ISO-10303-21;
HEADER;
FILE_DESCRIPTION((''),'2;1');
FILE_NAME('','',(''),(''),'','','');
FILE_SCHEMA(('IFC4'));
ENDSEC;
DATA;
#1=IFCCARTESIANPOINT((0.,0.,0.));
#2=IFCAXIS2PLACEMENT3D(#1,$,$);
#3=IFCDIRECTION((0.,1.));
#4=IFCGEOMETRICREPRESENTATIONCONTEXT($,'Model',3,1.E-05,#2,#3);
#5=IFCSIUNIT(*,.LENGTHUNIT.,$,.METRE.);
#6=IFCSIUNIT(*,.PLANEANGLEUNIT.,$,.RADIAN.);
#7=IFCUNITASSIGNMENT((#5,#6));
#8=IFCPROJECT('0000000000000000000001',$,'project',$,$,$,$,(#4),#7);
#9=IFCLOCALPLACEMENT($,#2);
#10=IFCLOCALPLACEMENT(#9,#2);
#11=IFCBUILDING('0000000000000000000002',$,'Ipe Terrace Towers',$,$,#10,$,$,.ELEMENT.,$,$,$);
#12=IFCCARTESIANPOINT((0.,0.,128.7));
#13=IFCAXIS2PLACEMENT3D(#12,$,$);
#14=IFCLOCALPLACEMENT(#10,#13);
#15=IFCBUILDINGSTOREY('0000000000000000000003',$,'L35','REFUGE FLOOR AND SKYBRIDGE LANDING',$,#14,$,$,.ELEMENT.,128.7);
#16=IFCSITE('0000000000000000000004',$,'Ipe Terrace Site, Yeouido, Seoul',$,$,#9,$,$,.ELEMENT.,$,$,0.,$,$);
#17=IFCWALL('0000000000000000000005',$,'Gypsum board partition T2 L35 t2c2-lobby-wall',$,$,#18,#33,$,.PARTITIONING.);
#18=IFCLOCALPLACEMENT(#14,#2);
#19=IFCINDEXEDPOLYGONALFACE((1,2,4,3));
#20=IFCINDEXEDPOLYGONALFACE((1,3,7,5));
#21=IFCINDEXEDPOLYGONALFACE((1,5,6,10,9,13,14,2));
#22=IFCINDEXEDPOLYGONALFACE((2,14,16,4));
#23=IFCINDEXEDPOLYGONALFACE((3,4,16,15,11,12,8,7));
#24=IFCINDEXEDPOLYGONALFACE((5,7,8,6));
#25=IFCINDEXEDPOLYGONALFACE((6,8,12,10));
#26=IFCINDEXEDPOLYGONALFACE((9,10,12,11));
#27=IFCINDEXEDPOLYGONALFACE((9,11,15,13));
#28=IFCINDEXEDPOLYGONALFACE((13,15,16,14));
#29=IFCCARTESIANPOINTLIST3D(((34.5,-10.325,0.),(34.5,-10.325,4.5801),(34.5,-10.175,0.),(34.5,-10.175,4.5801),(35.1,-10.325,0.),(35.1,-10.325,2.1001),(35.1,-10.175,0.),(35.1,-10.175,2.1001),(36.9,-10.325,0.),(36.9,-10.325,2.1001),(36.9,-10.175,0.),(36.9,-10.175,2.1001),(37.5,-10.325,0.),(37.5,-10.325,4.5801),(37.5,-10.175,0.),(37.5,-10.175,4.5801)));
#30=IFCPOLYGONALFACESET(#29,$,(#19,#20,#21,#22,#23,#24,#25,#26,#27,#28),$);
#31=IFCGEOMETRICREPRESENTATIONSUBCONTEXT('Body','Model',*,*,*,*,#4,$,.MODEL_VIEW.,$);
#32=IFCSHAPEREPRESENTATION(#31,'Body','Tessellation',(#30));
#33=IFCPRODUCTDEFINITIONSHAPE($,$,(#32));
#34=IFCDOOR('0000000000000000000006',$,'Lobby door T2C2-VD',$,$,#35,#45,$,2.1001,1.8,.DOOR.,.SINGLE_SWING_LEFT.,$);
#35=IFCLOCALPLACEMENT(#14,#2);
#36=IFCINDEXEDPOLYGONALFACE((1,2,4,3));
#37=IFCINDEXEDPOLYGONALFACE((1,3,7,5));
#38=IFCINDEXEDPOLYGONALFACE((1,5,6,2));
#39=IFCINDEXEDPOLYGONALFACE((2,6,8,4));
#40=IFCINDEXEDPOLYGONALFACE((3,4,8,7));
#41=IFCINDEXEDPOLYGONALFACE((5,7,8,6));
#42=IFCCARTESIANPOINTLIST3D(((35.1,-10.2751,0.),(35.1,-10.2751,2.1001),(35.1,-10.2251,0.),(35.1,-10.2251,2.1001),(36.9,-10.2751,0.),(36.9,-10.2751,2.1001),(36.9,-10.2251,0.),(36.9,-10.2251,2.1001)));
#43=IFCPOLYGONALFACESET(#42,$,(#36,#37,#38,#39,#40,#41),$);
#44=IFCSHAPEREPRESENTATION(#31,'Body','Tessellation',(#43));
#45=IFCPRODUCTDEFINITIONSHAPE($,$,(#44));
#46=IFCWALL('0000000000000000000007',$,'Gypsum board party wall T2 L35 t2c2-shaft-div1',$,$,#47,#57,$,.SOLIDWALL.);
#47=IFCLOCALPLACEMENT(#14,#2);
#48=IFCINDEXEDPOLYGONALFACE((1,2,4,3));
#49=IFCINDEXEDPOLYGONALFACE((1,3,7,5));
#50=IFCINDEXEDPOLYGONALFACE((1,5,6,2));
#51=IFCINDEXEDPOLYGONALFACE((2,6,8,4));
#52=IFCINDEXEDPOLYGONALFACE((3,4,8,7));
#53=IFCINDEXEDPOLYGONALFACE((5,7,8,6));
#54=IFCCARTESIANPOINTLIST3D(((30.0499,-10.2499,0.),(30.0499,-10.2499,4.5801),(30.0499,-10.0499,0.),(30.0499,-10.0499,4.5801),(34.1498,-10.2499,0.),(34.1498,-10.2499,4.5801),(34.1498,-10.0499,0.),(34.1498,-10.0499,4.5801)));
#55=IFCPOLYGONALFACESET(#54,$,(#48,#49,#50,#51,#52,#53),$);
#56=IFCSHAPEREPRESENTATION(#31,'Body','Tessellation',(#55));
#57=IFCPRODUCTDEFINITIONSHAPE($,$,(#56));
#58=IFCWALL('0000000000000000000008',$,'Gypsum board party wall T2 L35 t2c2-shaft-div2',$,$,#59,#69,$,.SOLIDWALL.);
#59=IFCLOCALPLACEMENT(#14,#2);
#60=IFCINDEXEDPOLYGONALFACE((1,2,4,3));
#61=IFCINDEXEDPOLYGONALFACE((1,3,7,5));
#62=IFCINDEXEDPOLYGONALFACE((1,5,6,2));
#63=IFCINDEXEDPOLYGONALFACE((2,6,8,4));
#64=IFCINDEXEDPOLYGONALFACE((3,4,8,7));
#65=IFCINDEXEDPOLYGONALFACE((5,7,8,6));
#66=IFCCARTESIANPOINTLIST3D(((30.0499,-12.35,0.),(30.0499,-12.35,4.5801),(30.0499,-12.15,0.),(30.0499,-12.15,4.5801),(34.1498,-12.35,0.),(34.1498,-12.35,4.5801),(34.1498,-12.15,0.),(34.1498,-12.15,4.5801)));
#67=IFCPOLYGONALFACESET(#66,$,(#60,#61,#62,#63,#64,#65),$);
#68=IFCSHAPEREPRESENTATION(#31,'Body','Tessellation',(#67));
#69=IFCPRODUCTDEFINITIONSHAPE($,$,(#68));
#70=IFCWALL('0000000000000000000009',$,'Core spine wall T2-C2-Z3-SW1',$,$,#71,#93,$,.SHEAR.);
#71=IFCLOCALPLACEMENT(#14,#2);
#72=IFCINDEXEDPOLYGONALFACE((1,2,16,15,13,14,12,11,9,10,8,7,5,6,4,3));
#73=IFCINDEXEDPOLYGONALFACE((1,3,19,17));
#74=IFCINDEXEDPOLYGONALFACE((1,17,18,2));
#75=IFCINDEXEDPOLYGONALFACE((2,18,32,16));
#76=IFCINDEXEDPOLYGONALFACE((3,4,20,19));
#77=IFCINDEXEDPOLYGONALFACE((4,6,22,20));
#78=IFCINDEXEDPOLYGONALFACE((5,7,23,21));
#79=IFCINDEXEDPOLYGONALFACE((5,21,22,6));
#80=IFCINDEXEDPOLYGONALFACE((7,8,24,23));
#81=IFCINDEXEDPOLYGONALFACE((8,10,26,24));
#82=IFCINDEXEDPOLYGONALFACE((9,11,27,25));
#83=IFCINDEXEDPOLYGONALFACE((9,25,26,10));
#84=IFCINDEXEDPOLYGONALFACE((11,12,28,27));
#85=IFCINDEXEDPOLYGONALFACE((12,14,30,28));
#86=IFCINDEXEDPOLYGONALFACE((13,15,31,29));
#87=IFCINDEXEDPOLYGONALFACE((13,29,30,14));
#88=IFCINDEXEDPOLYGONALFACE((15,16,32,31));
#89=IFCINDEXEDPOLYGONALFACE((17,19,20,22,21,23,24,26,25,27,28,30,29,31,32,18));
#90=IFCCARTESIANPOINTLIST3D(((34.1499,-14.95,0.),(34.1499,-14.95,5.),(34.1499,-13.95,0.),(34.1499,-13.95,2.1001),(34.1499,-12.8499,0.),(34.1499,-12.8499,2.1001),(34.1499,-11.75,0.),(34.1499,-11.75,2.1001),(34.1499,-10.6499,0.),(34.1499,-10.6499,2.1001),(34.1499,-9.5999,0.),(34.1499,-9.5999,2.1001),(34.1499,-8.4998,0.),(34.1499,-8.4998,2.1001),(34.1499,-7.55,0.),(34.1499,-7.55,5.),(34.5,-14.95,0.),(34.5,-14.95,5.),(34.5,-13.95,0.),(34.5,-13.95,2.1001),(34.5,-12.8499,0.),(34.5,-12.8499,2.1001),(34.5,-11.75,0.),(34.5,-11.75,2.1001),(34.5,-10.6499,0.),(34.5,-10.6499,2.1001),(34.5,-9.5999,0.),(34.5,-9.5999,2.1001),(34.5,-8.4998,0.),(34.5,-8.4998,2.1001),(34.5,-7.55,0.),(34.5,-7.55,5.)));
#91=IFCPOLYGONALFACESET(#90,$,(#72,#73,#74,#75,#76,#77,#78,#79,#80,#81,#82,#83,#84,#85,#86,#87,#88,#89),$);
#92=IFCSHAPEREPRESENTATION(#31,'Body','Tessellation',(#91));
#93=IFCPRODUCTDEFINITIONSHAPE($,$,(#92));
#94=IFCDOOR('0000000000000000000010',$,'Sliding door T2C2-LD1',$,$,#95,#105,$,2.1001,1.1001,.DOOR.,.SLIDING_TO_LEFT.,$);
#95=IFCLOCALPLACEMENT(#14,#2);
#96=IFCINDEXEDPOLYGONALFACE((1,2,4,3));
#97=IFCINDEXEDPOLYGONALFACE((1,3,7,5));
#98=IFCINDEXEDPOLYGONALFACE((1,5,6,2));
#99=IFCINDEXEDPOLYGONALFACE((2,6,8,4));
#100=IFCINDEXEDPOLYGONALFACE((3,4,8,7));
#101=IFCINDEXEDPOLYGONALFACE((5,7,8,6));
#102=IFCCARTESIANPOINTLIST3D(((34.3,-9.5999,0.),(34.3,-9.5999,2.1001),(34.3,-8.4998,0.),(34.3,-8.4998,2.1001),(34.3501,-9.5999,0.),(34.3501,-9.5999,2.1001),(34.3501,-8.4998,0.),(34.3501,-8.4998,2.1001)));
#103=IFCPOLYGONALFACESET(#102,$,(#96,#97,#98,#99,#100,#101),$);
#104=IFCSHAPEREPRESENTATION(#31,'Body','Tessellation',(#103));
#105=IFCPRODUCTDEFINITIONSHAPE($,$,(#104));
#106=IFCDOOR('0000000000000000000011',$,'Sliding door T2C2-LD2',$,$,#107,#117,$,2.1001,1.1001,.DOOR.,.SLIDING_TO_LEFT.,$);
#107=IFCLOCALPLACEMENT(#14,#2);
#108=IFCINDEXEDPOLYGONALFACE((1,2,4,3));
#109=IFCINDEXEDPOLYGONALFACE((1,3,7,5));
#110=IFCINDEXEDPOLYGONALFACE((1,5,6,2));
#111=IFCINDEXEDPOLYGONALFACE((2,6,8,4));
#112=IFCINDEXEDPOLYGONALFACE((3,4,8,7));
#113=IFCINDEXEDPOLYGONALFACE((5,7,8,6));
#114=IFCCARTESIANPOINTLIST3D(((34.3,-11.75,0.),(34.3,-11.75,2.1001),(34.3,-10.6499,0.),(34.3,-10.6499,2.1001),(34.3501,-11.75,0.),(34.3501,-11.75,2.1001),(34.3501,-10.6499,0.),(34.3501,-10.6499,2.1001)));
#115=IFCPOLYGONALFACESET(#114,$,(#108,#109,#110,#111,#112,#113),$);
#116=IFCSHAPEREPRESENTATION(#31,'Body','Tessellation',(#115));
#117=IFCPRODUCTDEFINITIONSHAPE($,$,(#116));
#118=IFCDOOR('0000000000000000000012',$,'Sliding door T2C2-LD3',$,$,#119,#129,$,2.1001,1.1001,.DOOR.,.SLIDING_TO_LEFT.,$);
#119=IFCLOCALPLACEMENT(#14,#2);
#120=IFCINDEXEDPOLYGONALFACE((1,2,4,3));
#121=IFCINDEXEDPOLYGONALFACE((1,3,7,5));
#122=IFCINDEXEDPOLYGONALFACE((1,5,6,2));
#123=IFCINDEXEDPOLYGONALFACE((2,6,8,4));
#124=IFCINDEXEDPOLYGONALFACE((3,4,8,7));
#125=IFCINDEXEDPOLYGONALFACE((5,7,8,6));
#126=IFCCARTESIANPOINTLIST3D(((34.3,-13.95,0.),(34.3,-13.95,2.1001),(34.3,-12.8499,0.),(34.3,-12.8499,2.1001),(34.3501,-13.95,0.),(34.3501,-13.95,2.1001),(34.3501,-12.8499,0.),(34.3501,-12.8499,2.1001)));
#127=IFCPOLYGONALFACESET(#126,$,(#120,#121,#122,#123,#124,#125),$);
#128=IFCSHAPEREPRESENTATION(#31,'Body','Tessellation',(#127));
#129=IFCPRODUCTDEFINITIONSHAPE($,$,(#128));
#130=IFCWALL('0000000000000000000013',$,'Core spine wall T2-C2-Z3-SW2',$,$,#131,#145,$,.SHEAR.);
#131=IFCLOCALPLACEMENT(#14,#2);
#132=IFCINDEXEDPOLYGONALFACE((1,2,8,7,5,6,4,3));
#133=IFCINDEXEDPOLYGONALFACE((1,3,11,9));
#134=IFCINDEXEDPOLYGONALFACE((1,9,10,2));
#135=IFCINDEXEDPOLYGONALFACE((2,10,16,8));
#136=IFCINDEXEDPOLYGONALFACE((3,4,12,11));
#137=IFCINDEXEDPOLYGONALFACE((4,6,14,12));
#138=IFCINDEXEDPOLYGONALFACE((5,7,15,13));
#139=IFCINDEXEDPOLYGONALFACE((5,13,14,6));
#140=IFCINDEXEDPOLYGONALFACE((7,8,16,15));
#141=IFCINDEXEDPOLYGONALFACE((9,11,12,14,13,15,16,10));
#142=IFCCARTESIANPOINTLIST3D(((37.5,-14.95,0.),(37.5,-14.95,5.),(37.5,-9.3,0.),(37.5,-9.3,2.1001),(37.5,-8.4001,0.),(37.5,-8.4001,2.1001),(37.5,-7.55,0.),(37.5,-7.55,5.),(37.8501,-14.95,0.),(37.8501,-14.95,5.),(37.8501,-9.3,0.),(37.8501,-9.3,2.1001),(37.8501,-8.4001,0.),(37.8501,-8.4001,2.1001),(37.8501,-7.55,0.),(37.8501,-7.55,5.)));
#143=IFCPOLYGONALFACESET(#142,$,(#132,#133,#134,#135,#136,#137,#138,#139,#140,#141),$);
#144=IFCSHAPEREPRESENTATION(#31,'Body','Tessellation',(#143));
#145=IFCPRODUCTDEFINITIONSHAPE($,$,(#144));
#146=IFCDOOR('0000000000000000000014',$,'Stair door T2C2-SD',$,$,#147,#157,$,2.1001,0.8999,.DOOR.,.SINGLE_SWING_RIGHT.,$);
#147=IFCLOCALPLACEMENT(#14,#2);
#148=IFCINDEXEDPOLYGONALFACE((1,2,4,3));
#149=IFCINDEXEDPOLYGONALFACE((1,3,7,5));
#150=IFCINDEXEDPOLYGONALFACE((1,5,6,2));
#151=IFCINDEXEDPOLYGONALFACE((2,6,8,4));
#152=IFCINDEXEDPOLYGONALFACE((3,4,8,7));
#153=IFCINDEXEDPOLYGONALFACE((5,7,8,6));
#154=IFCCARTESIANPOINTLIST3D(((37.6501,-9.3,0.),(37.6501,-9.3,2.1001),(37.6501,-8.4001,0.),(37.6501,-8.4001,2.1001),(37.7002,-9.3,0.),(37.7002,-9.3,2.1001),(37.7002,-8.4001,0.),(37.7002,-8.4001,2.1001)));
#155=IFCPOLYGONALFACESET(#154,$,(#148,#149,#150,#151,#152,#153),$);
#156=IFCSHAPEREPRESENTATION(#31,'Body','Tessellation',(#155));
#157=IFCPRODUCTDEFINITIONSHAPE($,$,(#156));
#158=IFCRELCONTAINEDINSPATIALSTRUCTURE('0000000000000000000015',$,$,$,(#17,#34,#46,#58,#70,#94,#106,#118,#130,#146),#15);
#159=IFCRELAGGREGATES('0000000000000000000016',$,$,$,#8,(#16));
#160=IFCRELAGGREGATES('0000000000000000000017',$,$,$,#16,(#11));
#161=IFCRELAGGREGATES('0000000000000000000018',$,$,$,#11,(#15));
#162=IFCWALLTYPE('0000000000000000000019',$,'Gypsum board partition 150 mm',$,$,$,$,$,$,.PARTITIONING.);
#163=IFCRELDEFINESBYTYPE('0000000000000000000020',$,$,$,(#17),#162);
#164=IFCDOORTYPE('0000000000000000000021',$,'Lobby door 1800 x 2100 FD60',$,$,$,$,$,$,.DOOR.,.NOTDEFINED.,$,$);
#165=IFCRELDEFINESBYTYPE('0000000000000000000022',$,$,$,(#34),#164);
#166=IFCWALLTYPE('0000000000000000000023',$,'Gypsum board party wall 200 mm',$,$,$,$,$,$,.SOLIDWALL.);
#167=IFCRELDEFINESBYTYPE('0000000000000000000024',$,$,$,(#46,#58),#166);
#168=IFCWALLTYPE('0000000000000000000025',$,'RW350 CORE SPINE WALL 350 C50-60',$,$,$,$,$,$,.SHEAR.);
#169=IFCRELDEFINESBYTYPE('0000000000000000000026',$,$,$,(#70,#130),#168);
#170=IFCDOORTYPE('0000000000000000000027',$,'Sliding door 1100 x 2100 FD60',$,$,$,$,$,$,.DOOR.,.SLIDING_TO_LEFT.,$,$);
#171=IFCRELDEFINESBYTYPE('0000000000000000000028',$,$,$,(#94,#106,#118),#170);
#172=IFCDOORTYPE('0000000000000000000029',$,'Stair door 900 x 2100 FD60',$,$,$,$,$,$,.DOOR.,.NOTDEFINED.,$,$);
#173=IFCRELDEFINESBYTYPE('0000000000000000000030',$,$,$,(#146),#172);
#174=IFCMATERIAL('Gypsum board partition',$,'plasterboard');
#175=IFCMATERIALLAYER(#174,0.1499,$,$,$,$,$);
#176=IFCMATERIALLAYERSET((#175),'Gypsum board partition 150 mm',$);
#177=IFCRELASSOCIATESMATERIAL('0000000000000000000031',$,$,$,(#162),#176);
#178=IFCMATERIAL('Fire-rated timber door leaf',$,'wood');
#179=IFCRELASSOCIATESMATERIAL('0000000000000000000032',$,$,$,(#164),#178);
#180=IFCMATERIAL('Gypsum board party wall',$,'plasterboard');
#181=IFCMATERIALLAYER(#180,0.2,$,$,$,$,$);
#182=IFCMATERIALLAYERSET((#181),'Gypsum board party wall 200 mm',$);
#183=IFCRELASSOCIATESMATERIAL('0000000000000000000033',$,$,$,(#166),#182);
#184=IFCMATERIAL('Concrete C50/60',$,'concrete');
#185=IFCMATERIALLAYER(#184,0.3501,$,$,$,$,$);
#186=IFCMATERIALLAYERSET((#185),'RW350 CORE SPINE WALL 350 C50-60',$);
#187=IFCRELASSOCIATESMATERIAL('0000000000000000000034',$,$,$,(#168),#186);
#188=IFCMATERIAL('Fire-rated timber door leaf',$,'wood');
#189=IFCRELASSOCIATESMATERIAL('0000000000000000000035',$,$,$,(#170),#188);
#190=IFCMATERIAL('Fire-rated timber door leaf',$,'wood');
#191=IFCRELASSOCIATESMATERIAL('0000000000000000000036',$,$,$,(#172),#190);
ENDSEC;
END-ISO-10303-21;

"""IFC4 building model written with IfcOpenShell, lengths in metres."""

from ifc_helpers import new_model, si_unit, direction, frame, frame_2d, origin, place, context, subcontext, project, spatial, rectangle, extrude, material, layer, layer_set, type_object, element, fill, save


model = new_model("IFC4")

# Units and contexts
model_context = context("Model", 3, precision=1e-05, world=origin(), true_north=direction((0.0, 1.0)))
body_context = subcontext(model_context, "Body", "Model", "MODEL_VIEW")
ifc_project = project(units=[si_unit("LENGTHUNIT", "METRE"), si_unit("PLANEANGLEUNIT", "RADIAN")], contexts=[model_context])

# Site, building, storey
site_placement = place(None, origin())
site = spatial("IfcSite", under=ifc_project, at=site_placement, Name="Ipe Terrace Site, Yeouido, Seoul", CompositionType="ELEMENT", RefElevation=0.0)
building_placement = place(site_placement, origin())
building = spatial("IfcBuilding", under=site, at=building_placement, Name="Ipe Terrace Towers", CompositionType="ELEMENT")
storey_placement = place(building_placement, frame((0.0, 0.0, 128.7)))
storey = spatial("IfcBuildingStorey", under=building, at=storey_placement, Name="L35", Description="REFUGE FLOOR AND SKYBRIDGE LANDING", CompositionType="ELEMENT", Elevation=128.7)

# Wall, opening, door
ifc_material_1 = material(Name="Gypsum board partition", Category="plasterboard")
ifc_layer_1 = layer(ifc_material_1, 0.1499)
ifc_layer_set_1 = layer_set([ifc_layer_1], Name="Gypsum board partition 150 mm")
wall_type_1 = type_object("IfcWallType", Name="Gypsum board partition 150 mm", PredefinedType="PARTITIONING", material=ifc_layer_set_1)
wall_1_placement = place(storey_placement, frame((34.5, -10.25, 0.0), z_axis=(0.0, 0.0, 1.0), x_axis=(1.0, 0.0, 0.0)))
wall_1 = element("IfcWall", 1, at=wall_1_placement, inside=storey, type_object=wall_type_1, Name="Gypsum board partition T2 L35 t2c2-lobby-wall", PredefinedType="PARTITIONING", context=body_context, shape_type="SweptSolid", body=[
    extrude(rectangle(XDim=3.0, YDim=0.1499, at=frame_2d((1.5, 0.0))), origin(), (0.0, 0.0, 1.0), 4.5801),
])
opening_1_placement = place(wall_1_placement, frame((0.6001, 0.0, 0.0)))
opening_1 = element("IfcOpeningElement", 2, at=opening_1_placement, cuts=wall_1, PredefinedType="OPENING", context=body_context, shape_type="SweptSolid", body=[
    extrude(rectangle(XDim=1.8, YDim=2.1001, at=frame_2d((0.8999, 1.05))), frame((0.0, 0.085, 0.0), z_axis=(0.0, -1.0, 0.0), x_axis=(1.0, 0.0, 0.0)), (0.0, 0.0, 1.0), 0.1699),
])
ifc_material_2 = material(Name="Fire-rated timber door leaf", Category="wood")
door_type_1 = type_object("IfcDoorType", Name="Lobby door 1800 x 2100 FD60", OperationType="NOTDEFINED", PredefinedType="DOOR", material=ifc_material_2)
door_1_placement = place(opening_1_placement, origin())
door_1 = element("IfcDoor", 3, at=door_1_placement, inside=storey, type_object=door_type_1, Name="Lobby door T2C2-VD", OperationType="SINGLE_SWING_LEFT", OverallHeight=2.1001, OverallWidth=1.8, PredefinedType="DOOR", context=body_context, shape_type="SweptSolid", body=[
    extrude(rectangle(XDim=1.8, YDim=2.1001, at=frame_2d((0.8999, 1.05))), frame((0.0, 0.0249, 0.0), z_axis=(0.0, -1.0, 0.0), x_axis=(1.0, 0.0, 0.0)), (0.0, 0.0, 1.0), 0.05),
])
fill(opening_1, door_1)

# Walls
ifc_material_3 = material(Name="Gypsum board party wall", Category="plasterboard")
ifc_layer_2 = layer(ifc_material_3, 0.2)
ifc_layer_set_2 = layer_set([ifc_layer_2], Name="Gypsum board party wall 200 mm")
wall_type_2 = type_object("IfcWallType", Name="Gypsum board party wall 200 mm", PredefinedType="SOLIDWALL", material=ifc_layer_set_2)
for number, where, z_axis, x_axis, name in (
    (4, (30.05, -10.1499, 0.0), (0.0, 0.0, 1.0), (1.0, 0.0, 0.0), "Gypsum board party wall T2 L35 t2c2-shaft-div1"),
    (5, (30.05, -12.25, 0.0), (0.0, 0.0, 1.0), (1.0, 0.0, 0.0), "Gypsum board party wall T2 L35 t2c2-shaft-div2"),
):
    element("IfcWall", number, at=place(storey_placement, frame(where, z_axis=z_axis, x_axis=x_axis)), inside=storey, type_object=wall_type_2, Name=name, PredefinedType="SOLIDWALL", context=body_context, shape_type="SweptSolid", body=[
        extrude(rectangle(XDim=4.0999, YDim=0.2, at=frame_2d((2.0498, 0.0))), origin(), (0.0, 0.0, 1.0), 4.5801),
    ])

# Wall, openings, doors
ifc_material_4 = material(Name="Concrete C50/60", Category="concrete")
ifc_layer_3 = layer(ifc_material_4, 0.3501)
ifc_layer_set_3 = layer_set([ifc_layer_3], Name="RW350 CORE SPINE WALL 350 C50-60")
wall_type_3 = type_object("IfcWallType", Name="RW350 CORE SPINE WALL 350 C50-60", PredefinedType="SHEAR", material=ifc_layer_set_3)
wall_2_placement = place(storey_placement, frame((34.325, -14.95, 0.0), z_axis=(0.0, 0.0, 1.0), x_axis=(0.0, 1.0, 0.0)))
wall_2 = element("IfcWall", 6, at=wall_2_placement, inside=storey, type_object=wall_type_3, Name="Core spine wall T2-C2-Z3-SW1", PredefinedType="SHEAR", context=body_context, shape_type="SweptSolid", body=[
    extrude(rectangle(XDim=7.3999, YDim=0.3501, at=frame_2d((3.7, 0.0))), origin(), (0.0, 0.0, 1.0), 5.0),
])
opening_2_placement = place(wall_2_placement, frame((5.3501, 0.0, 0.0)))
opening_2 = element("IfcOpeningElement", 7, at=opening_2_placement, cuts=wall_2, PredefinedType="OPENING", context=body_context, shape_type="SweptSolid", body=[
    extrude(rectangle(XDim=1.1001, YDim=2.1001, at=frame_2d((0.55, 1.05))), frame((0.0, 0.1851, 0.0), z_axis=(0.0, -1.0, 0.0), x_axis=(1.0, 0.0, 0.0)), (0.0, 0.0, 1.0), 0.3701),
])
opening_3_placement = place(wall_2_placement, frame((3.2, 0.0, 0.0)))
opening_3 = element("IfcOpeningElement", 8, at=opening_3_placement, cuts=wall_2, PredefinedType="OPENING", context=body_context, shape_type="SweptSolid", body=[
    extrude(rectangle(XDim=1.1001, YDim=2.1001, at=frame_2d((0.55, 1.05))), frame((0.0, 0.1851, 0.0), z_axis=(0.0, -1.0, 0.0), x_axis=(1.0, 0.0, 0.0)), (0.0, 0.0, 1.0), 0.3701),
])
opening_4_placement = place(wall_2_placement, frame((1.0, 0.0, 0.0)))
opening_4 = element("IfcOpeningElement", 9, at=opening_4_placement, cuts=wall_2, PredefinedType="OPENING", context=body_context, shape_type="SweptSolid", body=[
    extrude(rectangle(XDim=1.1001, YDim=2.1001, at=frame_2d((0.55, 1.05))), frame((0.0, 0.1851, 0.0), z_axis=(0.0, -1.0, 0.0), x_axis=(1.0, 0.0, 0.0)), (0.0, 0.0, 1.0), 0.3701),
])
ifc_material_5 = material(Name="Fire-rated timber door leaf", Category="wood")
door_type_2 = type_object("IfcDoorType", Name="Sliding door 1100 x 2100 FD60", OperationType="SLIDING_TO_LEFT", PredefinedType="DOOR", material=ifc_material_5)
door_2_placement = place(opening_2_placement, origin())
door_2 = element("IfcDoor", 10, at=door_2_placement, inside=storey, type_object=door_type_2, Name="Sliding door T2C2-LD1", OperationType="SLIDING_TO_LEFT", OverallHeight=2.1001, OverallWidth=1.1001, PredefinedType="DOOR", context=body_context, shape_type="SweptSolid", body=[
    extrude(rectangle(XDim=1.1001, YDim=2.1001, at=frame_2d((0.55, 1.05))), frame((0.0, 0.0249, 0.0), z_axis=(0.0, -1.0, 0.0), x_axis=(1.0, 0.0, 0.0)), (0.0, 0.0, 1.0), 0.05),
])
fill(opening_2, door_2)
door_3_placement = place(opening_3_placement, origin())
door_3 = element("IfcDoor", 11, at=door_3_placement, inside=storey, type_object=door_type_2, Name="Sliding door T2C2-LD2", OperationType="SLIDING_TO_LEFT", OverallHeight=2.1001, OverallWidth=1.1001, PredefinedType="DOOR", context=body_context, shape_type="SweptSolid", body=[
    extrude(rectangle(XDim=1.1001, YDim=2.1001, at=frame_2d((0.55, 1.05))), frame((0.0, 0.0249, 0.0), z_axis=(0.0, -1.0, 0.0), x_axis=(1.0, 0.0, 0.0)), (0.0, 0.0, 1.0), 0.05),
])
fill(opening_3, door_3)
door_4_placement = place(opening_4_placement, origin())
door_4 = element("IfcDoor", 12, at=door_4_placement, inside=storey, type_object=door_type_2, Name="Sliding door T2C2-LD3", OperationType="SLIDING_TO_LEFT", OverallHeight=2.1001, OverallWidth=1.1001, PredefinedType="DOOR", context=body_context, shape_type="SweptSolid", body=[
    extrude(rectangle(XDim=1.1001, YDim=2.1001, at=frame_2d((0.55, 1.05))), frame((0.0, 0.0249, 0.0), z_axis=(0.0, -1.0, 0.0), x_axis=(1.0, 0.0, 0.0)), (0.0, 0.0, 1.0), 0.05),
])
fill(opening_4, door_4)

# Wall, opening, door
wall_3_placement = place(storey_placement, frame((37.675, -14.95, 0.0), z_axis=(0.0, 0.0, 1.0), x_axis=(0.0, 1.0, 0.0)))
wall_3 = element("IfcWall", 13, at=wall_3_placement, inside=storey, type_object=wall_type_3, Name="Core spine wall T2-C2-Z3-SW2", PredefinedType="SHEAR", context=body_context, shape_type="SweptSolid", body=[
    extrude(rectangle(XDim=7.3999, YDim=0.3501, at=frame_2d((3.7, 0.0))), origin(), (0.0, 0.0, 1.0), 5.0),
])
opening_5_placement = place(wall_3_placement, frame((5.6499, 0.0, 0.0)))
opening_5 = element("IfcOpeningElement", 14, at=opening_5_placement, cuts=wall_3, PredefinedType="OPENING", context=body_context, shape_type="SweptSolid", body=[
    extrude(rectangle(XDim=0.8999, YDim=2.1001, at=frame_2d((0.45, 1.05))), frame((0.0, 0.1851, 0.0), z_axis=(0.0, -1.0, 0.0), x_axis=(1.0, 0.0, 0.0)), (0.0, 0.0, 1.0), 0.3701),
])
ifc_material_6 = material(Name="Fire-rated timber door leaf", Category="wood")
door_type_3 = type_object("IfcDoorType", Name="Stair door 900 x 2100 FD60", OperationType="NOTDEFINED", PredefinedType="DOOR", material=ifc_material_6)
door_5_placement = place(opening_5_placement, origin())
door_5 = element("IfcDoor", 15, at=door_5_placement, inside=storey, type_object=door_type_3, Name="Stair door T2C2-SD", OperationType="SINGLE_SWING_RIGHT", OverallHeight=2.1001, OverallWidth=0.8999, PredefinedType="DOOR", context=body_context, shape_type="SweptSolid", body=[
    extrude(rectangle(XDim=0.8999, YDim=2.1001, at=frame_2d((0.45, 1.05))), frame((0.0, 0.0249, 0.0), z_axis=(0.0, -1.0, 0.0), x_axis=(1.0, 0.0, 0.0)), (0.0, 0.0, 1.0), 0.05),
])
fill(opening_5, door_5)

save(model, "model.ifc")
